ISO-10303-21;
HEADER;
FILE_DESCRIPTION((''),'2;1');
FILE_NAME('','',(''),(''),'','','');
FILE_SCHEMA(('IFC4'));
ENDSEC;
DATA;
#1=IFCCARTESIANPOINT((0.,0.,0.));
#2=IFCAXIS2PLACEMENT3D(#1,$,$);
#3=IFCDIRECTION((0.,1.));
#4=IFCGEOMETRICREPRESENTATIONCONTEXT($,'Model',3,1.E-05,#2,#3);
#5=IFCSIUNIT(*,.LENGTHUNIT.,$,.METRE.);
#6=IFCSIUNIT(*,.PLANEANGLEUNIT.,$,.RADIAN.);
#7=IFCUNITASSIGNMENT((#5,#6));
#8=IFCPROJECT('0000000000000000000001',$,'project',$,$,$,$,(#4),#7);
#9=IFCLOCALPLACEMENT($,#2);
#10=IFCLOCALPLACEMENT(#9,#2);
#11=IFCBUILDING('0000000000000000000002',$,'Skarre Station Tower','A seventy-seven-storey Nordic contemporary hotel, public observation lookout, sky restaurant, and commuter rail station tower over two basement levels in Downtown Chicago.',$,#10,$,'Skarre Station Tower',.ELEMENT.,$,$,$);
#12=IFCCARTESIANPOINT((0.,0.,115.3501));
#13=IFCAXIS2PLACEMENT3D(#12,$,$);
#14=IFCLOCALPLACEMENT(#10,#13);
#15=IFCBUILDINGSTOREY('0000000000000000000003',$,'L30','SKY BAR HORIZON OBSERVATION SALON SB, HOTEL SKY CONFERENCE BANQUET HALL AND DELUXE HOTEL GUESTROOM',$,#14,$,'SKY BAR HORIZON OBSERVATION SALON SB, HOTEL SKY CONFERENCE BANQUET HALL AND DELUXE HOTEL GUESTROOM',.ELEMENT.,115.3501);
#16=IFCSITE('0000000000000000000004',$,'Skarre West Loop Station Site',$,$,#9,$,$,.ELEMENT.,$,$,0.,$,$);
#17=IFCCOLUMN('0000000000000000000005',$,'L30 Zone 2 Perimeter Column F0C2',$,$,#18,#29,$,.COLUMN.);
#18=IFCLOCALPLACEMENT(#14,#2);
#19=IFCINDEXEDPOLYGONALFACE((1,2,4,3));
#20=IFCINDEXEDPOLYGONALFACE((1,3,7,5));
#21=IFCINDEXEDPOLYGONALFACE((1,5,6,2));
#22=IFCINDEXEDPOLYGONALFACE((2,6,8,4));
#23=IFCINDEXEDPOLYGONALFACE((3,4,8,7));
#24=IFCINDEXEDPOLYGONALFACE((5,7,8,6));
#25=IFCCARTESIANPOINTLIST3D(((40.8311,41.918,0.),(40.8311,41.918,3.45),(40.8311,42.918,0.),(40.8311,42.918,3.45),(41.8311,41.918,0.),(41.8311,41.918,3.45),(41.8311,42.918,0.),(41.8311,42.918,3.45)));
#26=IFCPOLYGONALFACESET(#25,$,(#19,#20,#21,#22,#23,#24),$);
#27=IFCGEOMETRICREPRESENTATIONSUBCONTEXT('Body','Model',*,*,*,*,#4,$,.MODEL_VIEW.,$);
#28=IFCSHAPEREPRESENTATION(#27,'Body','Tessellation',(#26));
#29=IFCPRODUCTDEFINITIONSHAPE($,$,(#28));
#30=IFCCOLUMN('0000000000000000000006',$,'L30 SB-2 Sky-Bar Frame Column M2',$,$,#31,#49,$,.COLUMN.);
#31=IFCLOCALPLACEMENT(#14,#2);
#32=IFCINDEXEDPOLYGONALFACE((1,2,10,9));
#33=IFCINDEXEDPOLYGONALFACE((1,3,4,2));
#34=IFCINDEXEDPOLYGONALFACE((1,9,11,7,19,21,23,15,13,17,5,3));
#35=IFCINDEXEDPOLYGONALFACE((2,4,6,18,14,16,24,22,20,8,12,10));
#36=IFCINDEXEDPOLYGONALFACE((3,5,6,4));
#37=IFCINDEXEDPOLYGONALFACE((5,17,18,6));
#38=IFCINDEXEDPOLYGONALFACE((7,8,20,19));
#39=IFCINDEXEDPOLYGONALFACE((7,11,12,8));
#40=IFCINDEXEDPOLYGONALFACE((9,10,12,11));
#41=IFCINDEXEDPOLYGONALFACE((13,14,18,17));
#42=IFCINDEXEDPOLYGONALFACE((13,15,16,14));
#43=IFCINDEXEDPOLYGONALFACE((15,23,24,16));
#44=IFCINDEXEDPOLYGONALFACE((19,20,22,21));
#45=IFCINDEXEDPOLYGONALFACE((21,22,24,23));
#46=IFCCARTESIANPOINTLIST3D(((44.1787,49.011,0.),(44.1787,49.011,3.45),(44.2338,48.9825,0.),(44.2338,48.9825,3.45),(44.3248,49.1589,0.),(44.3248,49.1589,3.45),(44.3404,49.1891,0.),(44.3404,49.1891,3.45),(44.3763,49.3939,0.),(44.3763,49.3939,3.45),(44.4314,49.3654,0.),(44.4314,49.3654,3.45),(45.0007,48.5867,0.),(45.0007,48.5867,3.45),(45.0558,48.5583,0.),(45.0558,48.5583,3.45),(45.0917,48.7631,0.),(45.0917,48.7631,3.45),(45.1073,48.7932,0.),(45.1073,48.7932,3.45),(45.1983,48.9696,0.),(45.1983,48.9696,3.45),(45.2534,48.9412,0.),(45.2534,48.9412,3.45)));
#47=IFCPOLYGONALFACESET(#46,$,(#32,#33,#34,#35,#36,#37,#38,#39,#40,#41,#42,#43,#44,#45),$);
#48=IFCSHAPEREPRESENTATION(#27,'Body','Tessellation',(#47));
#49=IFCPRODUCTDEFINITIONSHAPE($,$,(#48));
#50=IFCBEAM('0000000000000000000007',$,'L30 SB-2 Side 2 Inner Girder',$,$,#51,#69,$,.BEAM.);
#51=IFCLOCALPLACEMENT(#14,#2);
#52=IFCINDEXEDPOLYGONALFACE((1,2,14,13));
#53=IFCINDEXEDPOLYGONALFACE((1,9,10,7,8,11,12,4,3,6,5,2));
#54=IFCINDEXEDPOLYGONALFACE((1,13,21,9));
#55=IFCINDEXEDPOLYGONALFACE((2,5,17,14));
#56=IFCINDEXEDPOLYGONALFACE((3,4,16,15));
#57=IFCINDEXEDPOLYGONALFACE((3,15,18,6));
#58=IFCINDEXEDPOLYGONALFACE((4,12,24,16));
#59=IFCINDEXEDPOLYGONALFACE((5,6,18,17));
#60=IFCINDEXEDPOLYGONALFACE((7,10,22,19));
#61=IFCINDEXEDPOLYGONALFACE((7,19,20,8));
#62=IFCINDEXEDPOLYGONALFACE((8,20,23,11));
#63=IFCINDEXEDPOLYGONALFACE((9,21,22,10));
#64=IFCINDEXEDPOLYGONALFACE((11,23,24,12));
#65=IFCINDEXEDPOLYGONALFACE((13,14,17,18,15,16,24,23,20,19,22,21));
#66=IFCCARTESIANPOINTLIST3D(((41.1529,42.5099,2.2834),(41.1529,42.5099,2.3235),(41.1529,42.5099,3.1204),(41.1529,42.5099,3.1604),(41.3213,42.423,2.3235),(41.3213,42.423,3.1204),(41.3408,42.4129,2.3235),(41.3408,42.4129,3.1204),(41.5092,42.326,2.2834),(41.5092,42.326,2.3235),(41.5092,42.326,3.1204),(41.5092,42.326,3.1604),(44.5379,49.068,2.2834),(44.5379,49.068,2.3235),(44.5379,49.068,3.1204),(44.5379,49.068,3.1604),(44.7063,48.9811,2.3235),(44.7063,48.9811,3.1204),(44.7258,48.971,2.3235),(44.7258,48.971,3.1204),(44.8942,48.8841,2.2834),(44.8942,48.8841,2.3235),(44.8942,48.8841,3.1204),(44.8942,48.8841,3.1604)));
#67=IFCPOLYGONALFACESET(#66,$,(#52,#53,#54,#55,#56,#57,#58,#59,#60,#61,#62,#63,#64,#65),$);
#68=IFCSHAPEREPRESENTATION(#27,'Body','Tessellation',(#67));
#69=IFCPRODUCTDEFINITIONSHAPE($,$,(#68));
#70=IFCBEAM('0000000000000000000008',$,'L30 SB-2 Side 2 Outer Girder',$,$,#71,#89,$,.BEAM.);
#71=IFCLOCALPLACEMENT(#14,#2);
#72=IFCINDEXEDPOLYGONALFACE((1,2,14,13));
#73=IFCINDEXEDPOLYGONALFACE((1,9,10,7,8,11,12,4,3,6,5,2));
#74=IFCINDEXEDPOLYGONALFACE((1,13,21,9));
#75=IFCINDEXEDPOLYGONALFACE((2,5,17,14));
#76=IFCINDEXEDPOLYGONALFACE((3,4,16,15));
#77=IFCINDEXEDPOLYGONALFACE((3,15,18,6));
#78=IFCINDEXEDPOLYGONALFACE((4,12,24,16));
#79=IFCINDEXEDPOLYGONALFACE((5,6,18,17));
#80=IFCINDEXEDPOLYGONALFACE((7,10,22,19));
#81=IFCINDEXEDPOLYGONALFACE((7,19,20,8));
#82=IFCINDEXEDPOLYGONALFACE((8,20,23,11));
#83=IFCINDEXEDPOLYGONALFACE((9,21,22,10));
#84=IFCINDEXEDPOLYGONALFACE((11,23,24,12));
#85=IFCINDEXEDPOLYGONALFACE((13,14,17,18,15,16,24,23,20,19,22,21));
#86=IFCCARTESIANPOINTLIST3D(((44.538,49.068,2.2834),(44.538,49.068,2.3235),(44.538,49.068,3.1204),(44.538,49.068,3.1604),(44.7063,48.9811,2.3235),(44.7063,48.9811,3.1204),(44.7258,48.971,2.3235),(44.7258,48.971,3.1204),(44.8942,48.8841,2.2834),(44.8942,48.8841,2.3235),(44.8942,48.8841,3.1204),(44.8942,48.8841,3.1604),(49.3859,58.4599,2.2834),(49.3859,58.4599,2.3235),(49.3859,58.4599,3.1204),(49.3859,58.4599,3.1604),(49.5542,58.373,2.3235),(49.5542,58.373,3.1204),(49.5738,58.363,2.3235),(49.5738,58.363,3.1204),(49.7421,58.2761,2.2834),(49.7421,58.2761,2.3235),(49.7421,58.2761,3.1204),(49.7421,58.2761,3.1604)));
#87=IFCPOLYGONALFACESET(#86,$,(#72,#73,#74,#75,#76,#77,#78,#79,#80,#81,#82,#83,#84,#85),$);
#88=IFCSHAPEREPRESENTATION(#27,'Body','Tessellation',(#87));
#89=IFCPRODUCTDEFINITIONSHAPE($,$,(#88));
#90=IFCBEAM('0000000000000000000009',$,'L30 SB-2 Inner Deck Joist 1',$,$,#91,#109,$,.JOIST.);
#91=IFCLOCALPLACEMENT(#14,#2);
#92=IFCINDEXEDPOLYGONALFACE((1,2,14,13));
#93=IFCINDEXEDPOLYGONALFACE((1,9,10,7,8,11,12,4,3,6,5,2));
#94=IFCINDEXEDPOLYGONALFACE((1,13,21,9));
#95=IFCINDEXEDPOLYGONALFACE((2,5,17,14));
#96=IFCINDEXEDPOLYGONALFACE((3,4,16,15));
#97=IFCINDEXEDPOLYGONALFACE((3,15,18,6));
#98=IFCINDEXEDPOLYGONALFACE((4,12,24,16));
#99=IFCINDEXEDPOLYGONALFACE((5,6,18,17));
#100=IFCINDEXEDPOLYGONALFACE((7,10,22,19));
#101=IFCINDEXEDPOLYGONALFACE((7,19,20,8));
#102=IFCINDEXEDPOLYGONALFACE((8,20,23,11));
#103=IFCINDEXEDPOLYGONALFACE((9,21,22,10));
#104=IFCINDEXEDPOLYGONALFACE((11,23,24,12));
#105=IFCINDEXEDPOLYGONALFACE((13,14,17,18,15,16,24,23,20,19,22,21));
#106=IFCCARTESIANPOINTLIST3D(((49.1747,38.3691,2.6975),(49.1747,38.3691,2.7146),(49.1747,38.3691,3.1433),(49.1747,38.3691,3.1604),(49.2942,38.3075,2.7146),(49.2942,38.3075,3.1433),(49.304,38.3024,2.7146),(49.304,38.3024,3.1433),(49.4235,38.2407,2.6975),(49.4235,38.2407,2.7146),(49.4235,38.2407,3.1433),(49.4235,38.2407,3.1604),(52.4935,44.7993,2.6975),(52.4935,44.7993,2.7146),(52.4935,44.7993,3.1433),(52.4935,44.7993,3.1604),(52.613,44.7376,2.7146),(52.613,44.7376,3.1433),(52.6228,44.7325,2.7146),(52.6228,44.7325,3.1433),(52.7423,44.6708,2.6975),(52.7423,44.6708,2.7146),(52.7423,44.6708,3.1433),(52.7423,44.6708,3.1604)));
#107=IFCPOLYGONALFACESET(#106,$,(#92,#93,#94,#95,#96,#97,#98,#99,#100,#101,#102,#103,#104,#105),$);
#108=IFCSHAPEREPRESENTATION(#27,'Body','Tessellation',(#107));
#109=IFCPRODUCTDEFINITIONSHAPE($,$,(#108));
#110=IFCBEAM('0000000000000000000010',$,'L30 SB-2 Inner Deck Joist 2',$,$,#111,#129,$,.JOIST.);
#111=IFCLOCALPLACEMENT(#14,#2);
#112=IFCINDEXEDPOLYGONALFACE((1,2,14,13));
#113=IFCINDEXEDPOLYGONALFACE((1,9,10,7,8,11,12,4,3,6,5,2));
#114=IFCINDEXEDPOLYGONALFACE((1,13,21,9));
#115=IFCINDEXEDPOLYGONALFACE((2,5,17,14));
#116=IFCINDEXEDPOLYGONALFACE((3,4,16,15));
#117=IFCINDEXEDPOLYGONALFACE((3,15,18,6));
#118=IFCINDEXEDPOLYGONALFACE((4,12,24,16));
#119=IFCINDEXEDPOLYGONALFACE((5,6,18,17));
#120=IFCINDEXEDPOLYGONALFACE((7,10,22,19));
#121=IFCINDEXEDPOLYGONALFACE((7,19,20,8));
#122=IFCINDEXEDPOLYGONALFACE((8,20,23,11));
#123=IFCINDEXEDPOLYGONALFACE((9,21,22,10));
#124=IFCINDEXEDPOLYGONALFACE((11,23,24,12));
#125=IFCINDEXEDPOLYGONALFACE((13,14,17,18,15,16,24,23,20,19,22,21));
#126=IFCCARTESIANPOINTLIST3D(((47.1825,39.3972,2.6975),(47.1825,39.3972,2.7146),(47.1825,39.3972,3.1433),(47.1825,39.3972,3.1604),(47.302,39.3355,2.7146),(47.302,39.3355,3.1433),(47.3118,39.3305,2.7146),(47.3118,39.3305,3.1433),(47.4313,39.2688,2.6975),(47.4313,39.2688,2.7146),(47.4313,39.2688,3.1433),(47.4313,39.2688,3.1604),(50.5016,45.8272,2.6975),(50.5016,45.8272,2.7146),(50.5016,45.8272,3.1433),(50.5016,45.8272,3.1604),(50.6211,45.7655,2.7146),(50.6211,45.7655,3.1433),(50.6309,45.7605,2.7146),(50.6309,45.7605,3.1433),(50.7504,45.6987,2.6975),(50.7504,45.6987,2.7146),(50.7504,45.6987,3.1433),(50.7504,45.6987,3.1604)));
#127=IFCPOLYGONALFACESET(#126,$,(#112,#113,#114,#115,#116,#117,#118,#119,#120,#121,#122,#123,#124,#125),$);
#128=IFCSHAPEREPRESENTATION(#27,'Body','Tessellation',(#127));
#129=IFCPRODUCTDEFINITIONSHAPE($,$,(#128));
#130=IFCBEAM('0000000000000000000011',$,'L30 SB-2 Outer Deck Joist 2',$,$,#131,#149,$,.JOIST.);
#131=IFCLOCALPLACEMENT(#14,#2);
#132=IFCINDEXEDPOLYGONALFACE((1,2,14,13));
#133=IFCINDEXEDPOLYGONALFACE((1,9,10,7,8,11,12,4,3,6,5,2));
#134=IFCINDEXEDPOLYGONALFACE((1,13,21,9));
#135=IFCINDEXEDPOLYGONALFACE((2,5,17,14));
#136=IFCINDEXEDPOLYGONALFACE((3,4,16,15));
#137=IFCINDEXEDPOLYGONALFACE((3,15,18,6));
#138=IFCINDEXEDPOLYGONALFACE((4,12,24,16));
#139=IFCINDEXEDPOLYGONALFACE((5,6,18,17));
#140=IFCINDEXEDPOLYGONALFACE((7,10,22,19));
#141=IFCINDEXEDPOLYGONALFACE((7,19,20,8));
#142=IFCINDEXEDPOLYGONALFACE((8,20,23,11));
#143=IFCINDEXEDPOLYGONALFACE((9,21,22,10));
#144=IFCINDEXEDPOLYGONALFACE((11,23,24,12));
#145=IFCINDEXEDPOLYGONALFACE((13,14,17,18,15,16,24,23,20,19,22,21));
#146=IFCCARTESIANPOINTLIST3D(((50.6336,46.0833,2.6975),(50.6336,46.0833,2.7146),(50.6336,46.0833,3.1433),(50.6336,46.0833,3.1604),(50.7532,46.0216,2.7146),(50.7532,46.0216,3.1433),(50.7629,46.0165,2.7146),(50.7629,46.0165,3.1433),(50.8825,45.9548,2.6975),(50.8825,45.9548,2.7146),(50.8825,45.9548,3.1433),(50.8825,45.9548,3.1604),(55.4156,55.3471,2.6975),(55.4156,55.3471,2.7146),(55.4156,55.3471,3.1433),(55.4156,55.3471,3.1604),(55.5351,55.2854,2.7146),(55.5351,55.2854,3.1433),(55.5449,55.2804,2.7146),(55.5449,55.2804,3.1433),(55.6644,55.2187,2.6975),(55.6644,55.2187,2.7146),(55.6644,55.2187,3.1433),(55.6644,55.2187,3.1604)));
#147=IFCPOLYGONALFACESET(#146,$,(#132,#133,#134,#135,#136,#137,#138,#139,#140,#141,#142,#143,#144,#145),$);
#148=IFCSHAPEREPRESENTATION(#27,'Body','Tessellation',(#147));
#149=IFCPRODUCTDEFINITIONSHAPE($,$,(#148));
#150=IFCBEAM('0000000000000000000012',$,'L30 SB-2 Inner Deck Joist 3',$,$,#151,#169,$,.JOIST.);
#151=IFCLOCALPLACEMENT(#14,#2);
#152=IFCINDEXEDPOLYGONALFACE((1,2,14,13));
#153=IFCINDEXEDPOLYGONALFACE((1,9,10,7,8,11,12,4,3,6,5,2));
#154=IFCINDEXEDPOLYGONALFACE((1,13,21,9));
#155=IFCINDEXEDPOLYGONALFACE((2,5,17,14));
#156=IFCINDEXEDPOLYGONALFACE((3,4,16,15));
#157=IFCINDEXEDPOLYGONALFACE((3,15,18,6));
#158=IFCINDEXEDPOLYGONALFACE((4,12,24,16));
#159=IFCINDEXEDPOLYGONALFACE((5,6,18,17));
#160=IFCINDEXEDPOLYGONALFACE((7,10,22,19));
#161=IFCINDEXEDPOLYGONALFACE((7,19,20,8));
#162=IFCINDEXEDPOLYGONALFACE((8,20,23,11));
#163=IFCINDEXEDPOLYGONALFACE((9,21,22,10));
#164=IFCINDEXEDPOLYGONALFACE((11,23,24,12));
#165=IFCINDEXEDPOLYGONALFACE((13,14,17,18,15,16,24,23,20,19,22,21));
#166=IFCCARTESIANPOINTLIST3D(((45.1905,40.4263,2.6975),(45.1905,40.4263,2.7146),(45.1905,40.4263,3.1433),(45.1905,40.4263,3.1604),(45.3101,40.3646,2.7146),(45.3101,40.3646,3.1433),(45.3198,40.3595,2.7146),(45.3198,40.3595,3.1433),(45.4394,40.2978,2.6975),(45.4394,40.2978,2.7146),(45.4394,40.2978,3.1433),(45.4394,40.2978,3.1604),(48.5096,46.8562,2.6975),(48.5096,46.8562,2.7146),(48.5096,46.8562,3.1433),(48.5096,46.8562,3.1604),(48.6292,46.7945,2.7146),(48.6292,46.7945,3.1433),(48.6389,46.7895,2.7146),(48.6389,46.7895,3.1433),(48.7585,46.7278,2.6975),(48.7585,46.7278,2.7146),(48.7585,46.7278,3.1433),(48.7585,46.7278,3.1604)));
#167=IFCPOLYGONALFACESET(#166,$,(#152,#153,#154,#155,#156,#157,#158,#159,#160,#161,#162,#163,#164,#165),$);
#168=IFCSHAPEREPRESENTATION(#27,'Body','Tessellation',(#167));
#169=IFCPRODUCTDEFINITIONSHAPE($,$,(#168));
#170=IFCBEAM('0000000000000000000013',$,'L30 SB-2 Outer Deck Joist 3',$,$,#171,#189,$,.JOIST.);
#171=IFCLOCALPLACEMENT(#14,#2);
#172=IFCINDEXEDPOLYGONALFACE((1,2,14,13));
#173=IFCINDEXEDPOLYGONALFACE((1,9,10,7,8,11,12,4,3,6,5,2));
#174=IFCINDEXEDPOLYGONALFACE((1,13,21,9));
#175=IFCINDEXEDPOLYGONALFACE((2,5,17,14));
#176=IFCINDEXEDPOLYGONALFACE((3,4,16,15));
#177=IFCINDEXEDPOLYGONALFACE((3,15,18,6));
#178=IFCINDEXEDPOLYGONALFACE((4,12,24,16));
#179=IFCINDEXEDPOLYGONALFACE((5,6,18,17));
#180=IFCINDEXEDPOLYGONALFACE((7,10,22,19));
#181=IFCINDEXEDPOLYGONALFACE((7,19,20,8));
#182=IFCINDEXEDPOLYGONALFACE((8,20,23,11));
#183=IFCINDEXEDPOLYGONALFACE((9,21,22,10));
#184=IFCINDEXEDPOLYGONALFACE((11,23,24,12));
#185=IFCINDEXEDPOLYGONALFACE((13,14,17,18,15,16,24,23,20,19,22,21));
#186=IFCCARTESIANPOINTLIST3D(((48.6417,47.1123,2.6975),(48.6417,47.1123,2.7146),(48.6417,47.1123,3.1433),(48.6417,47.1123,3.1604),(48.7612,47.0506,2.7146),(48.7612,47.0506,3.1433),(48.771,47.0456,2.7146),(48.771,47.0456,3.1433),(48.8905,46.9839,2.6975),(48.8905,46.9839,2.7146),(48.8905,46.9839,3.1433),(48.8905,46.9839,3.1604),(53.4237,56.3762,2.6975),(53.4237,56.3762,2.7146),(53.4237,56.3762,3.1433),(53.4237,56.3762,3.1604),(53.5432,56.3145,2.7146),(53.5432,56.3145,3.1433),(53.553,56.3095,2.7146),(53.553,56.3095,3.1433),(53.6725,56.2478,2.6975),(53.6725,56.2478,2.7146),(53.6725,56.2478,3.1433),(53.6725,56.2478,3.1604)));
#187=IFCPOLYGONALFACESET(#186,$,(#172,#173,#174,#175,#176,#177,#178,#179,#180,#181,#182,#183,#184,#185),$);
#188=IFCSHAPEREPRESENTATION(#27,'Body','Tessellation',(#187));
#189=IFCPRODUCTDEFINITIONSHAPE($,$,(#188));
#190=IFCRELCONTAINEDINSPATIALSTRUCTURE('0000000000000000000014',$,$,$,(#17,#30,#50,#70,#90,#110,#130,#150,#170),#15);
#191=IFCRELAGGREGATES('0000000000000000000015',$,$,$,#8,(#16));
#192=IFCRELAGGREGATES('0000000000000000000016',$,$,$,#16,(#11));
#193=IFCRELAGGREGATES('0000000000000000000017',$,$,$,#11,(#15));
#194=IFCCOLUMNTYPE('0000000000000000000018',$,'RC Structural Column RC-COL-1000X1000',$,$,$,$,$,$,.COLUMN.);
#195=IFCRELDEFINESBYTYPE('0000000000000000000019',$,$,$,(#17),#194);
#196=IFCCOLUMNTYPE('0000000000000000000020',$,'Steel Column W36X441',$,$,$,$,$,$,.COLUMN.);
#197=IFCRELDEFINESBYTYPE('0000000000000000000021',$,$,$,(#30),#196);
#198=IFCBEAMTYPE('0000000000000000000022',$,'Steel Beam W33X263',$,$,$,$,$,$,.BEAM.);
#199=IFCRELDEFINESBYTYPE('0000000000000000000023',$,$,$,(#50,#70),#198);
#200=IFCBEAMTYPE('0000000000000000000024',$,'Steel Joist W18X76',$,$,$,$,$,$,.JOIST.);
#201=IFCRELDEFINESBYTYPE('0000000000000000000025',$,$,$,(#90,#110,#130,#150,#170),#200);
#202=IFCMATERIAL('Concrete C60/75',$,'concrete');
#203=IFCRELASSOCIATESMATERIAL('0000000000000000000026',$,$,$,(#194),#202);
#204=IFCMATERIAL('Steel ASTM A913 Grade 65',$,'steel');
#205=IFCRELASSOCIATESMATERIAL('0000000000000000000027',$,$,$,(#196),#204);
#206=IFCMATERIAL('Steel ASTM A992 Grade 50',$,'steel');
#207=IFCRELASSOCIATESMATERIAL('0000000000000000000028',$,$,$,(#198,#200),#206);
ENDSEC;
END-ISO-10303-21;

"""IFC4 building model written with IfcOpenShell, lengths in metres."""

from ifc_helpers import new_model, si_unit, direction, frame, origin, origin_2d, place, context, subcontext, project, spatial, rectangle, i_section, extrude, material, material_profile, profile_set, type_object, element, save


model = new_model("IFC4")

# Units and contexts
model_context = context("Model", 3, precision=1e-05, world=origin(), true_north=direction((0.0, 1.0)))
body_context = subcontext(model_context, "Body", "Model", "MODEL_VIEW")
ifc_project = project(units=[si_unit("LENGTHUNIT", "METRE"), si_unit("PLANEANGLEUNIT", "RADIAN")], contexts=[model_context])

# Site, building, storey
site_placement = place(None, origin())
site = spatial("IfcSite", under=ifc_project, at=site_placement, Name="Skarre West Loop Station Site", CompositionType="ELEMENT", RefElevation=0.0)
building_placement = place(site_placement, origin())
building = spatial("IfcBuilding", under=site, at=building_placement, Name="Skarre Station Tower", Description="A seventy-seven-storey Nordic contemporary hotel, public observation lookout, sky restaurant, and commuter rail station tower over two basement levels in Downtown Chicago.", LongName="Skarre Station Tower", CompositionType="ELEMENT")
storey_placement = place(building_placement, frame((0.0, 0.0, 115.3501)))
storey = spatial("IfcBuildingStorey", under=building, at=storey_placement, Name="L30", Description="SKY BAR HORIZON OBSERVATION SALON SB, HOTEL SKY CONFERENCE BANQUET HALL AND DELUXE HOTEL GUESTROOM", LongName="SKY BAR HORIZON OBSERVATION SALON SB, HOTEL SKY CONFERENCE BANQUET HALL AND DELUXE HOTEL GUESTROOM", CompositionType="ELEMENT", Elevation=115.3501)

# Columns
ifc_material_1 = material(Name="Concrete C60/75", Category="concrete")
ifc_material_profile_1 = material_profile(ifc_material_1, rectangle(XDim=1.0, YDim=1.0, at=origin_2d()), Name="Concrete C60/75")
ifc_profile_set_1 = profile_set([ifc_material_profile_1], Name="Concrete C60/75")
column_type_1 = type_object("IfcColumnType", Name="RC Structural Column RC-COL-1000X1000", PredefinedType="COLUMN", material=ifc_profile_set_1)
column_1_placement = place(storey_placement, frame((41.3311, 42.418, 0.0), z_axis=(0.0, 0.0, 1.0), x_axis=(1.0, 0.0, 0.0)))
element("IfcColumn", 1, at=column_1_placement, inside=storey, type_object=column_type_1, Name="L30 Zone 2 Perimeter Column F0C2", PredefinedType="COLUMN", context=body_context, shape_type="SweptSolid", body=[
    extrude(rectangle(XDim=1.0, YDim=1.0, at=origin_2d()), origin(), (0.0, 0.0, 1.0), 3.45),
])
ifc_material_2 = material(Name="Steel ASTM A913 Grade 65", Category="steel")
ifc_material_profile_2 = material_profile(ifc_material_2, i_section(OverallWidth=0.4309, OverallDepth=0.9871, WebThickness=0.0339, FlangeThickness=0.062, at=origin_2d()), Name="Steel ASTM A913 Grade 65")
ifc_profile_set_2 = profile_set([ifc_material_profile_2], Name="Steel ASTM A913 Grade 65")
column_type_2 = type_object("IfcColumnType", Name="Steel Column W36X441", PredefinedType="COLUMN", material=ifc_profile_set_2)
column_2_placement = place(storey_placement, frame((44.7161, 48.9761, 0.0), z_axis=(0.0, 0.0, 1.0), x_axis=(0.45865, 0.888617, 0.0)))
element("IfcColumn", 2, at=column_2_placement, inside=storey, type_object=column_type_2, Name="L30 SB-2 Sky-Bar Frame Column M2", PredefinedType="COLUMN", context=body_context, shape_type="SweptSolid", body=[
    extrude(i_section(OverallWidth=0.4309, OverallDepth=0.9871, WebThickness=0.0339, FlangeThickness=0.062, at=origin_2d()), origin(), (0.0, 0.0, 1.0), 3.45),
])

# Beams
ifc_material_3 = material(Name="Steel ASTM A992 Grade 50", Category="steel")
ifc_material_profile_3 = material_profile(ifc_material_3, i_section(OverallWidth=0.4009, OverallDepth=0.877, WebThickness=0.022, FlangeThickness=0.04, at=origin_2d()), Name="Steel ASTM A992 Grade 50")
ifc_profile_set_3 = profile_set([ifc_material_profile_3], Name="Steel ASTM A992 Grade 50")
beam_type_1 = type_object("IfcBeamType", Name="Steel Beam W33X263", PredefinedType="BEAM", material=ifc_profile_set_3)
beam_1_placement = place(storey_placement, frame((41.3311, 42.418, 2.7219), z_axis=(0.458662, 0.888611, 0.0), x_axis=(-0.888611, 0.458662, 0.0)))
element("IfcBeam", 3, at=beam_1_placement, inside=storey, type_object=beam_type_1, Name="L30 SB-2 Side 2 Inner Girder", PredefinedType="BEAM", context=body_context, shape_type="SweptSolid", body=[
    extrude(i_section(OverallWidth=0.4009, OverallDepth=0.877, WebThickness=0.022, FlangeThickness=0.04, at=origin_2d()), origin(), (0.0, 0.0, 1.0), 7.3801),
])
beam_2_placement = place(storey_placement, frame((44.7161, 48.9761, 2.7219), z_axis=(0.45868, 0.888602, 0.0), x_axis=(-0.888602, 0.45868, 0.0)))
element("IfcBeam", 4, at=beam_2_placement, inside=storey, type_object=beam_type_1, Name="L30 SB-2 Side 2 Outer Girder", PredefinedType="BEAM", context=body_context, shape_type="SweptSolid", body=[
    extrude(i_section(OverallWidth=0.4009, OverallDepth=0.877, WebThickness=0.022, FlangeThickness=0.04, at=origin_2d()), origin(), (0.0, 0.0, 1.0), 10.5693),
])
ifc_material_profile_4 = material_profile(ifc_material_3, i_section(OverallWidth=0.28, OverallDepth=0.4629, WebThickness=0.011, FlangeThickness=0.0171, at=origin_2d()), Name="Steel ASTM A992 Grade 50")
ifc_profile_set_4 = profile_set([ifc_material_profile_4], Name="Steel ASTM A992 Grade 50")
beam_type_2 = type_object("IfcBeamType", Name="Steel Joist W18X76", PredefinedType="JOIST", material=ifc_profile_set_4)
for number, where, z_axis, x_axis, name in (
    (5, (49.2991, 38.3049, 2.929), (0.458648, 0.888618, 0.0), (-0.888618, 0.458648, 0.0), "L30 SB-2 Inner Deck Joist 1"),
    (6, (47.3069, 39.333, 2.929), (0.458688, 0.888597, 0.0), (-0.888597, 0.458688, 0.0), "L30 SB-2 Inner Deck Joist 2"),
):
    element("IfcBeam", number, at=place(storey_placement, frame(where, z_axis=z_axis, x_axis=x_axis)), inside=storey, type_object=beam_type_2, Name=name, PredefinedType="JOIST", context=body_context, shape_type="SweptSolid", body=[
        extrude(i_section(OverallWidth=0.28, OverallDepth=0.4629, WebThickness=0.011, FlangeThickness=0.0171, at=origin_2d()), origin(), (0.0, 0.0, 1.0), 7.2361),
    ])
beam_3_placement = place(storey_placement, frame((50.7581, 46.019, 2.929), z_axis=(0.458689, 0.888597, 0.0), x_axis=(-0.888597, 0.458689, 0.0)))
element("IfcBeam", 7, at=beam_3_placement, inside=storey, type_object=beam_type_2, Name="L30 SB-2 Outer Deck Joist 2", PredefinedType="JOIST", context=body_context, shape_type="SweptSolid", body=[
    extrude(i_section(OverallWidth=0.28, OverallDepth=0.4629, WebThickness=0.011, FlangeThickness=0.0171, at=origin_2d()), origin(), (0.0, 0.0, 1.0), 10.4253),
])
beam_4_placement = place(storey_placement, frame((45.3149, 40.3621, 2.929), z_axis=(0.458688, 0.888597, 0.0), x_axis=(-0.888597, 0.458688, 0.0)))
element("IfcBeam", 8, at=beam_4_placement, inside=storey, type_object=beam_type_2, Name="L30 SB-2 Inner Deck Joist 3", PredefinedType="JOIST", context=body_context, shape_type="SweptSolid", body=[
    extrude(i_section(OverallWidth=0.28, OverallDepth=0.4629, WebThickness=0.011, FlangeThickness=0.0171, at=origin_2d()), origin(), (0.0, 0.0, 1.0), 7.2361),
])
beam_5_placement = place(storey_placement, frame((48.7661, 47.0481, 2.929), z_axis=(0.458689, 0.888597, 0.0), x_axis=(-0.888597, 0.458689, 0.0)))
element("IfcBeam", 9, at=beam_5_placement, inside=storey, type_object=beam_type_2, Name="L30 SB-2 Outer Deck Joist 3", PredefinedType="JOIST", context=body_context, shape_type="SweptSolid", body=[
    extrude(i_section(OverallWidth=0.28, OverallDepth=0.4629, WebThickness=0.011, FlangeThickness=0.0171, at=origin_2d()), origin(), (0.0, 0.0, 1.0), 10.4253),
])

save(model, "model.ifc")
